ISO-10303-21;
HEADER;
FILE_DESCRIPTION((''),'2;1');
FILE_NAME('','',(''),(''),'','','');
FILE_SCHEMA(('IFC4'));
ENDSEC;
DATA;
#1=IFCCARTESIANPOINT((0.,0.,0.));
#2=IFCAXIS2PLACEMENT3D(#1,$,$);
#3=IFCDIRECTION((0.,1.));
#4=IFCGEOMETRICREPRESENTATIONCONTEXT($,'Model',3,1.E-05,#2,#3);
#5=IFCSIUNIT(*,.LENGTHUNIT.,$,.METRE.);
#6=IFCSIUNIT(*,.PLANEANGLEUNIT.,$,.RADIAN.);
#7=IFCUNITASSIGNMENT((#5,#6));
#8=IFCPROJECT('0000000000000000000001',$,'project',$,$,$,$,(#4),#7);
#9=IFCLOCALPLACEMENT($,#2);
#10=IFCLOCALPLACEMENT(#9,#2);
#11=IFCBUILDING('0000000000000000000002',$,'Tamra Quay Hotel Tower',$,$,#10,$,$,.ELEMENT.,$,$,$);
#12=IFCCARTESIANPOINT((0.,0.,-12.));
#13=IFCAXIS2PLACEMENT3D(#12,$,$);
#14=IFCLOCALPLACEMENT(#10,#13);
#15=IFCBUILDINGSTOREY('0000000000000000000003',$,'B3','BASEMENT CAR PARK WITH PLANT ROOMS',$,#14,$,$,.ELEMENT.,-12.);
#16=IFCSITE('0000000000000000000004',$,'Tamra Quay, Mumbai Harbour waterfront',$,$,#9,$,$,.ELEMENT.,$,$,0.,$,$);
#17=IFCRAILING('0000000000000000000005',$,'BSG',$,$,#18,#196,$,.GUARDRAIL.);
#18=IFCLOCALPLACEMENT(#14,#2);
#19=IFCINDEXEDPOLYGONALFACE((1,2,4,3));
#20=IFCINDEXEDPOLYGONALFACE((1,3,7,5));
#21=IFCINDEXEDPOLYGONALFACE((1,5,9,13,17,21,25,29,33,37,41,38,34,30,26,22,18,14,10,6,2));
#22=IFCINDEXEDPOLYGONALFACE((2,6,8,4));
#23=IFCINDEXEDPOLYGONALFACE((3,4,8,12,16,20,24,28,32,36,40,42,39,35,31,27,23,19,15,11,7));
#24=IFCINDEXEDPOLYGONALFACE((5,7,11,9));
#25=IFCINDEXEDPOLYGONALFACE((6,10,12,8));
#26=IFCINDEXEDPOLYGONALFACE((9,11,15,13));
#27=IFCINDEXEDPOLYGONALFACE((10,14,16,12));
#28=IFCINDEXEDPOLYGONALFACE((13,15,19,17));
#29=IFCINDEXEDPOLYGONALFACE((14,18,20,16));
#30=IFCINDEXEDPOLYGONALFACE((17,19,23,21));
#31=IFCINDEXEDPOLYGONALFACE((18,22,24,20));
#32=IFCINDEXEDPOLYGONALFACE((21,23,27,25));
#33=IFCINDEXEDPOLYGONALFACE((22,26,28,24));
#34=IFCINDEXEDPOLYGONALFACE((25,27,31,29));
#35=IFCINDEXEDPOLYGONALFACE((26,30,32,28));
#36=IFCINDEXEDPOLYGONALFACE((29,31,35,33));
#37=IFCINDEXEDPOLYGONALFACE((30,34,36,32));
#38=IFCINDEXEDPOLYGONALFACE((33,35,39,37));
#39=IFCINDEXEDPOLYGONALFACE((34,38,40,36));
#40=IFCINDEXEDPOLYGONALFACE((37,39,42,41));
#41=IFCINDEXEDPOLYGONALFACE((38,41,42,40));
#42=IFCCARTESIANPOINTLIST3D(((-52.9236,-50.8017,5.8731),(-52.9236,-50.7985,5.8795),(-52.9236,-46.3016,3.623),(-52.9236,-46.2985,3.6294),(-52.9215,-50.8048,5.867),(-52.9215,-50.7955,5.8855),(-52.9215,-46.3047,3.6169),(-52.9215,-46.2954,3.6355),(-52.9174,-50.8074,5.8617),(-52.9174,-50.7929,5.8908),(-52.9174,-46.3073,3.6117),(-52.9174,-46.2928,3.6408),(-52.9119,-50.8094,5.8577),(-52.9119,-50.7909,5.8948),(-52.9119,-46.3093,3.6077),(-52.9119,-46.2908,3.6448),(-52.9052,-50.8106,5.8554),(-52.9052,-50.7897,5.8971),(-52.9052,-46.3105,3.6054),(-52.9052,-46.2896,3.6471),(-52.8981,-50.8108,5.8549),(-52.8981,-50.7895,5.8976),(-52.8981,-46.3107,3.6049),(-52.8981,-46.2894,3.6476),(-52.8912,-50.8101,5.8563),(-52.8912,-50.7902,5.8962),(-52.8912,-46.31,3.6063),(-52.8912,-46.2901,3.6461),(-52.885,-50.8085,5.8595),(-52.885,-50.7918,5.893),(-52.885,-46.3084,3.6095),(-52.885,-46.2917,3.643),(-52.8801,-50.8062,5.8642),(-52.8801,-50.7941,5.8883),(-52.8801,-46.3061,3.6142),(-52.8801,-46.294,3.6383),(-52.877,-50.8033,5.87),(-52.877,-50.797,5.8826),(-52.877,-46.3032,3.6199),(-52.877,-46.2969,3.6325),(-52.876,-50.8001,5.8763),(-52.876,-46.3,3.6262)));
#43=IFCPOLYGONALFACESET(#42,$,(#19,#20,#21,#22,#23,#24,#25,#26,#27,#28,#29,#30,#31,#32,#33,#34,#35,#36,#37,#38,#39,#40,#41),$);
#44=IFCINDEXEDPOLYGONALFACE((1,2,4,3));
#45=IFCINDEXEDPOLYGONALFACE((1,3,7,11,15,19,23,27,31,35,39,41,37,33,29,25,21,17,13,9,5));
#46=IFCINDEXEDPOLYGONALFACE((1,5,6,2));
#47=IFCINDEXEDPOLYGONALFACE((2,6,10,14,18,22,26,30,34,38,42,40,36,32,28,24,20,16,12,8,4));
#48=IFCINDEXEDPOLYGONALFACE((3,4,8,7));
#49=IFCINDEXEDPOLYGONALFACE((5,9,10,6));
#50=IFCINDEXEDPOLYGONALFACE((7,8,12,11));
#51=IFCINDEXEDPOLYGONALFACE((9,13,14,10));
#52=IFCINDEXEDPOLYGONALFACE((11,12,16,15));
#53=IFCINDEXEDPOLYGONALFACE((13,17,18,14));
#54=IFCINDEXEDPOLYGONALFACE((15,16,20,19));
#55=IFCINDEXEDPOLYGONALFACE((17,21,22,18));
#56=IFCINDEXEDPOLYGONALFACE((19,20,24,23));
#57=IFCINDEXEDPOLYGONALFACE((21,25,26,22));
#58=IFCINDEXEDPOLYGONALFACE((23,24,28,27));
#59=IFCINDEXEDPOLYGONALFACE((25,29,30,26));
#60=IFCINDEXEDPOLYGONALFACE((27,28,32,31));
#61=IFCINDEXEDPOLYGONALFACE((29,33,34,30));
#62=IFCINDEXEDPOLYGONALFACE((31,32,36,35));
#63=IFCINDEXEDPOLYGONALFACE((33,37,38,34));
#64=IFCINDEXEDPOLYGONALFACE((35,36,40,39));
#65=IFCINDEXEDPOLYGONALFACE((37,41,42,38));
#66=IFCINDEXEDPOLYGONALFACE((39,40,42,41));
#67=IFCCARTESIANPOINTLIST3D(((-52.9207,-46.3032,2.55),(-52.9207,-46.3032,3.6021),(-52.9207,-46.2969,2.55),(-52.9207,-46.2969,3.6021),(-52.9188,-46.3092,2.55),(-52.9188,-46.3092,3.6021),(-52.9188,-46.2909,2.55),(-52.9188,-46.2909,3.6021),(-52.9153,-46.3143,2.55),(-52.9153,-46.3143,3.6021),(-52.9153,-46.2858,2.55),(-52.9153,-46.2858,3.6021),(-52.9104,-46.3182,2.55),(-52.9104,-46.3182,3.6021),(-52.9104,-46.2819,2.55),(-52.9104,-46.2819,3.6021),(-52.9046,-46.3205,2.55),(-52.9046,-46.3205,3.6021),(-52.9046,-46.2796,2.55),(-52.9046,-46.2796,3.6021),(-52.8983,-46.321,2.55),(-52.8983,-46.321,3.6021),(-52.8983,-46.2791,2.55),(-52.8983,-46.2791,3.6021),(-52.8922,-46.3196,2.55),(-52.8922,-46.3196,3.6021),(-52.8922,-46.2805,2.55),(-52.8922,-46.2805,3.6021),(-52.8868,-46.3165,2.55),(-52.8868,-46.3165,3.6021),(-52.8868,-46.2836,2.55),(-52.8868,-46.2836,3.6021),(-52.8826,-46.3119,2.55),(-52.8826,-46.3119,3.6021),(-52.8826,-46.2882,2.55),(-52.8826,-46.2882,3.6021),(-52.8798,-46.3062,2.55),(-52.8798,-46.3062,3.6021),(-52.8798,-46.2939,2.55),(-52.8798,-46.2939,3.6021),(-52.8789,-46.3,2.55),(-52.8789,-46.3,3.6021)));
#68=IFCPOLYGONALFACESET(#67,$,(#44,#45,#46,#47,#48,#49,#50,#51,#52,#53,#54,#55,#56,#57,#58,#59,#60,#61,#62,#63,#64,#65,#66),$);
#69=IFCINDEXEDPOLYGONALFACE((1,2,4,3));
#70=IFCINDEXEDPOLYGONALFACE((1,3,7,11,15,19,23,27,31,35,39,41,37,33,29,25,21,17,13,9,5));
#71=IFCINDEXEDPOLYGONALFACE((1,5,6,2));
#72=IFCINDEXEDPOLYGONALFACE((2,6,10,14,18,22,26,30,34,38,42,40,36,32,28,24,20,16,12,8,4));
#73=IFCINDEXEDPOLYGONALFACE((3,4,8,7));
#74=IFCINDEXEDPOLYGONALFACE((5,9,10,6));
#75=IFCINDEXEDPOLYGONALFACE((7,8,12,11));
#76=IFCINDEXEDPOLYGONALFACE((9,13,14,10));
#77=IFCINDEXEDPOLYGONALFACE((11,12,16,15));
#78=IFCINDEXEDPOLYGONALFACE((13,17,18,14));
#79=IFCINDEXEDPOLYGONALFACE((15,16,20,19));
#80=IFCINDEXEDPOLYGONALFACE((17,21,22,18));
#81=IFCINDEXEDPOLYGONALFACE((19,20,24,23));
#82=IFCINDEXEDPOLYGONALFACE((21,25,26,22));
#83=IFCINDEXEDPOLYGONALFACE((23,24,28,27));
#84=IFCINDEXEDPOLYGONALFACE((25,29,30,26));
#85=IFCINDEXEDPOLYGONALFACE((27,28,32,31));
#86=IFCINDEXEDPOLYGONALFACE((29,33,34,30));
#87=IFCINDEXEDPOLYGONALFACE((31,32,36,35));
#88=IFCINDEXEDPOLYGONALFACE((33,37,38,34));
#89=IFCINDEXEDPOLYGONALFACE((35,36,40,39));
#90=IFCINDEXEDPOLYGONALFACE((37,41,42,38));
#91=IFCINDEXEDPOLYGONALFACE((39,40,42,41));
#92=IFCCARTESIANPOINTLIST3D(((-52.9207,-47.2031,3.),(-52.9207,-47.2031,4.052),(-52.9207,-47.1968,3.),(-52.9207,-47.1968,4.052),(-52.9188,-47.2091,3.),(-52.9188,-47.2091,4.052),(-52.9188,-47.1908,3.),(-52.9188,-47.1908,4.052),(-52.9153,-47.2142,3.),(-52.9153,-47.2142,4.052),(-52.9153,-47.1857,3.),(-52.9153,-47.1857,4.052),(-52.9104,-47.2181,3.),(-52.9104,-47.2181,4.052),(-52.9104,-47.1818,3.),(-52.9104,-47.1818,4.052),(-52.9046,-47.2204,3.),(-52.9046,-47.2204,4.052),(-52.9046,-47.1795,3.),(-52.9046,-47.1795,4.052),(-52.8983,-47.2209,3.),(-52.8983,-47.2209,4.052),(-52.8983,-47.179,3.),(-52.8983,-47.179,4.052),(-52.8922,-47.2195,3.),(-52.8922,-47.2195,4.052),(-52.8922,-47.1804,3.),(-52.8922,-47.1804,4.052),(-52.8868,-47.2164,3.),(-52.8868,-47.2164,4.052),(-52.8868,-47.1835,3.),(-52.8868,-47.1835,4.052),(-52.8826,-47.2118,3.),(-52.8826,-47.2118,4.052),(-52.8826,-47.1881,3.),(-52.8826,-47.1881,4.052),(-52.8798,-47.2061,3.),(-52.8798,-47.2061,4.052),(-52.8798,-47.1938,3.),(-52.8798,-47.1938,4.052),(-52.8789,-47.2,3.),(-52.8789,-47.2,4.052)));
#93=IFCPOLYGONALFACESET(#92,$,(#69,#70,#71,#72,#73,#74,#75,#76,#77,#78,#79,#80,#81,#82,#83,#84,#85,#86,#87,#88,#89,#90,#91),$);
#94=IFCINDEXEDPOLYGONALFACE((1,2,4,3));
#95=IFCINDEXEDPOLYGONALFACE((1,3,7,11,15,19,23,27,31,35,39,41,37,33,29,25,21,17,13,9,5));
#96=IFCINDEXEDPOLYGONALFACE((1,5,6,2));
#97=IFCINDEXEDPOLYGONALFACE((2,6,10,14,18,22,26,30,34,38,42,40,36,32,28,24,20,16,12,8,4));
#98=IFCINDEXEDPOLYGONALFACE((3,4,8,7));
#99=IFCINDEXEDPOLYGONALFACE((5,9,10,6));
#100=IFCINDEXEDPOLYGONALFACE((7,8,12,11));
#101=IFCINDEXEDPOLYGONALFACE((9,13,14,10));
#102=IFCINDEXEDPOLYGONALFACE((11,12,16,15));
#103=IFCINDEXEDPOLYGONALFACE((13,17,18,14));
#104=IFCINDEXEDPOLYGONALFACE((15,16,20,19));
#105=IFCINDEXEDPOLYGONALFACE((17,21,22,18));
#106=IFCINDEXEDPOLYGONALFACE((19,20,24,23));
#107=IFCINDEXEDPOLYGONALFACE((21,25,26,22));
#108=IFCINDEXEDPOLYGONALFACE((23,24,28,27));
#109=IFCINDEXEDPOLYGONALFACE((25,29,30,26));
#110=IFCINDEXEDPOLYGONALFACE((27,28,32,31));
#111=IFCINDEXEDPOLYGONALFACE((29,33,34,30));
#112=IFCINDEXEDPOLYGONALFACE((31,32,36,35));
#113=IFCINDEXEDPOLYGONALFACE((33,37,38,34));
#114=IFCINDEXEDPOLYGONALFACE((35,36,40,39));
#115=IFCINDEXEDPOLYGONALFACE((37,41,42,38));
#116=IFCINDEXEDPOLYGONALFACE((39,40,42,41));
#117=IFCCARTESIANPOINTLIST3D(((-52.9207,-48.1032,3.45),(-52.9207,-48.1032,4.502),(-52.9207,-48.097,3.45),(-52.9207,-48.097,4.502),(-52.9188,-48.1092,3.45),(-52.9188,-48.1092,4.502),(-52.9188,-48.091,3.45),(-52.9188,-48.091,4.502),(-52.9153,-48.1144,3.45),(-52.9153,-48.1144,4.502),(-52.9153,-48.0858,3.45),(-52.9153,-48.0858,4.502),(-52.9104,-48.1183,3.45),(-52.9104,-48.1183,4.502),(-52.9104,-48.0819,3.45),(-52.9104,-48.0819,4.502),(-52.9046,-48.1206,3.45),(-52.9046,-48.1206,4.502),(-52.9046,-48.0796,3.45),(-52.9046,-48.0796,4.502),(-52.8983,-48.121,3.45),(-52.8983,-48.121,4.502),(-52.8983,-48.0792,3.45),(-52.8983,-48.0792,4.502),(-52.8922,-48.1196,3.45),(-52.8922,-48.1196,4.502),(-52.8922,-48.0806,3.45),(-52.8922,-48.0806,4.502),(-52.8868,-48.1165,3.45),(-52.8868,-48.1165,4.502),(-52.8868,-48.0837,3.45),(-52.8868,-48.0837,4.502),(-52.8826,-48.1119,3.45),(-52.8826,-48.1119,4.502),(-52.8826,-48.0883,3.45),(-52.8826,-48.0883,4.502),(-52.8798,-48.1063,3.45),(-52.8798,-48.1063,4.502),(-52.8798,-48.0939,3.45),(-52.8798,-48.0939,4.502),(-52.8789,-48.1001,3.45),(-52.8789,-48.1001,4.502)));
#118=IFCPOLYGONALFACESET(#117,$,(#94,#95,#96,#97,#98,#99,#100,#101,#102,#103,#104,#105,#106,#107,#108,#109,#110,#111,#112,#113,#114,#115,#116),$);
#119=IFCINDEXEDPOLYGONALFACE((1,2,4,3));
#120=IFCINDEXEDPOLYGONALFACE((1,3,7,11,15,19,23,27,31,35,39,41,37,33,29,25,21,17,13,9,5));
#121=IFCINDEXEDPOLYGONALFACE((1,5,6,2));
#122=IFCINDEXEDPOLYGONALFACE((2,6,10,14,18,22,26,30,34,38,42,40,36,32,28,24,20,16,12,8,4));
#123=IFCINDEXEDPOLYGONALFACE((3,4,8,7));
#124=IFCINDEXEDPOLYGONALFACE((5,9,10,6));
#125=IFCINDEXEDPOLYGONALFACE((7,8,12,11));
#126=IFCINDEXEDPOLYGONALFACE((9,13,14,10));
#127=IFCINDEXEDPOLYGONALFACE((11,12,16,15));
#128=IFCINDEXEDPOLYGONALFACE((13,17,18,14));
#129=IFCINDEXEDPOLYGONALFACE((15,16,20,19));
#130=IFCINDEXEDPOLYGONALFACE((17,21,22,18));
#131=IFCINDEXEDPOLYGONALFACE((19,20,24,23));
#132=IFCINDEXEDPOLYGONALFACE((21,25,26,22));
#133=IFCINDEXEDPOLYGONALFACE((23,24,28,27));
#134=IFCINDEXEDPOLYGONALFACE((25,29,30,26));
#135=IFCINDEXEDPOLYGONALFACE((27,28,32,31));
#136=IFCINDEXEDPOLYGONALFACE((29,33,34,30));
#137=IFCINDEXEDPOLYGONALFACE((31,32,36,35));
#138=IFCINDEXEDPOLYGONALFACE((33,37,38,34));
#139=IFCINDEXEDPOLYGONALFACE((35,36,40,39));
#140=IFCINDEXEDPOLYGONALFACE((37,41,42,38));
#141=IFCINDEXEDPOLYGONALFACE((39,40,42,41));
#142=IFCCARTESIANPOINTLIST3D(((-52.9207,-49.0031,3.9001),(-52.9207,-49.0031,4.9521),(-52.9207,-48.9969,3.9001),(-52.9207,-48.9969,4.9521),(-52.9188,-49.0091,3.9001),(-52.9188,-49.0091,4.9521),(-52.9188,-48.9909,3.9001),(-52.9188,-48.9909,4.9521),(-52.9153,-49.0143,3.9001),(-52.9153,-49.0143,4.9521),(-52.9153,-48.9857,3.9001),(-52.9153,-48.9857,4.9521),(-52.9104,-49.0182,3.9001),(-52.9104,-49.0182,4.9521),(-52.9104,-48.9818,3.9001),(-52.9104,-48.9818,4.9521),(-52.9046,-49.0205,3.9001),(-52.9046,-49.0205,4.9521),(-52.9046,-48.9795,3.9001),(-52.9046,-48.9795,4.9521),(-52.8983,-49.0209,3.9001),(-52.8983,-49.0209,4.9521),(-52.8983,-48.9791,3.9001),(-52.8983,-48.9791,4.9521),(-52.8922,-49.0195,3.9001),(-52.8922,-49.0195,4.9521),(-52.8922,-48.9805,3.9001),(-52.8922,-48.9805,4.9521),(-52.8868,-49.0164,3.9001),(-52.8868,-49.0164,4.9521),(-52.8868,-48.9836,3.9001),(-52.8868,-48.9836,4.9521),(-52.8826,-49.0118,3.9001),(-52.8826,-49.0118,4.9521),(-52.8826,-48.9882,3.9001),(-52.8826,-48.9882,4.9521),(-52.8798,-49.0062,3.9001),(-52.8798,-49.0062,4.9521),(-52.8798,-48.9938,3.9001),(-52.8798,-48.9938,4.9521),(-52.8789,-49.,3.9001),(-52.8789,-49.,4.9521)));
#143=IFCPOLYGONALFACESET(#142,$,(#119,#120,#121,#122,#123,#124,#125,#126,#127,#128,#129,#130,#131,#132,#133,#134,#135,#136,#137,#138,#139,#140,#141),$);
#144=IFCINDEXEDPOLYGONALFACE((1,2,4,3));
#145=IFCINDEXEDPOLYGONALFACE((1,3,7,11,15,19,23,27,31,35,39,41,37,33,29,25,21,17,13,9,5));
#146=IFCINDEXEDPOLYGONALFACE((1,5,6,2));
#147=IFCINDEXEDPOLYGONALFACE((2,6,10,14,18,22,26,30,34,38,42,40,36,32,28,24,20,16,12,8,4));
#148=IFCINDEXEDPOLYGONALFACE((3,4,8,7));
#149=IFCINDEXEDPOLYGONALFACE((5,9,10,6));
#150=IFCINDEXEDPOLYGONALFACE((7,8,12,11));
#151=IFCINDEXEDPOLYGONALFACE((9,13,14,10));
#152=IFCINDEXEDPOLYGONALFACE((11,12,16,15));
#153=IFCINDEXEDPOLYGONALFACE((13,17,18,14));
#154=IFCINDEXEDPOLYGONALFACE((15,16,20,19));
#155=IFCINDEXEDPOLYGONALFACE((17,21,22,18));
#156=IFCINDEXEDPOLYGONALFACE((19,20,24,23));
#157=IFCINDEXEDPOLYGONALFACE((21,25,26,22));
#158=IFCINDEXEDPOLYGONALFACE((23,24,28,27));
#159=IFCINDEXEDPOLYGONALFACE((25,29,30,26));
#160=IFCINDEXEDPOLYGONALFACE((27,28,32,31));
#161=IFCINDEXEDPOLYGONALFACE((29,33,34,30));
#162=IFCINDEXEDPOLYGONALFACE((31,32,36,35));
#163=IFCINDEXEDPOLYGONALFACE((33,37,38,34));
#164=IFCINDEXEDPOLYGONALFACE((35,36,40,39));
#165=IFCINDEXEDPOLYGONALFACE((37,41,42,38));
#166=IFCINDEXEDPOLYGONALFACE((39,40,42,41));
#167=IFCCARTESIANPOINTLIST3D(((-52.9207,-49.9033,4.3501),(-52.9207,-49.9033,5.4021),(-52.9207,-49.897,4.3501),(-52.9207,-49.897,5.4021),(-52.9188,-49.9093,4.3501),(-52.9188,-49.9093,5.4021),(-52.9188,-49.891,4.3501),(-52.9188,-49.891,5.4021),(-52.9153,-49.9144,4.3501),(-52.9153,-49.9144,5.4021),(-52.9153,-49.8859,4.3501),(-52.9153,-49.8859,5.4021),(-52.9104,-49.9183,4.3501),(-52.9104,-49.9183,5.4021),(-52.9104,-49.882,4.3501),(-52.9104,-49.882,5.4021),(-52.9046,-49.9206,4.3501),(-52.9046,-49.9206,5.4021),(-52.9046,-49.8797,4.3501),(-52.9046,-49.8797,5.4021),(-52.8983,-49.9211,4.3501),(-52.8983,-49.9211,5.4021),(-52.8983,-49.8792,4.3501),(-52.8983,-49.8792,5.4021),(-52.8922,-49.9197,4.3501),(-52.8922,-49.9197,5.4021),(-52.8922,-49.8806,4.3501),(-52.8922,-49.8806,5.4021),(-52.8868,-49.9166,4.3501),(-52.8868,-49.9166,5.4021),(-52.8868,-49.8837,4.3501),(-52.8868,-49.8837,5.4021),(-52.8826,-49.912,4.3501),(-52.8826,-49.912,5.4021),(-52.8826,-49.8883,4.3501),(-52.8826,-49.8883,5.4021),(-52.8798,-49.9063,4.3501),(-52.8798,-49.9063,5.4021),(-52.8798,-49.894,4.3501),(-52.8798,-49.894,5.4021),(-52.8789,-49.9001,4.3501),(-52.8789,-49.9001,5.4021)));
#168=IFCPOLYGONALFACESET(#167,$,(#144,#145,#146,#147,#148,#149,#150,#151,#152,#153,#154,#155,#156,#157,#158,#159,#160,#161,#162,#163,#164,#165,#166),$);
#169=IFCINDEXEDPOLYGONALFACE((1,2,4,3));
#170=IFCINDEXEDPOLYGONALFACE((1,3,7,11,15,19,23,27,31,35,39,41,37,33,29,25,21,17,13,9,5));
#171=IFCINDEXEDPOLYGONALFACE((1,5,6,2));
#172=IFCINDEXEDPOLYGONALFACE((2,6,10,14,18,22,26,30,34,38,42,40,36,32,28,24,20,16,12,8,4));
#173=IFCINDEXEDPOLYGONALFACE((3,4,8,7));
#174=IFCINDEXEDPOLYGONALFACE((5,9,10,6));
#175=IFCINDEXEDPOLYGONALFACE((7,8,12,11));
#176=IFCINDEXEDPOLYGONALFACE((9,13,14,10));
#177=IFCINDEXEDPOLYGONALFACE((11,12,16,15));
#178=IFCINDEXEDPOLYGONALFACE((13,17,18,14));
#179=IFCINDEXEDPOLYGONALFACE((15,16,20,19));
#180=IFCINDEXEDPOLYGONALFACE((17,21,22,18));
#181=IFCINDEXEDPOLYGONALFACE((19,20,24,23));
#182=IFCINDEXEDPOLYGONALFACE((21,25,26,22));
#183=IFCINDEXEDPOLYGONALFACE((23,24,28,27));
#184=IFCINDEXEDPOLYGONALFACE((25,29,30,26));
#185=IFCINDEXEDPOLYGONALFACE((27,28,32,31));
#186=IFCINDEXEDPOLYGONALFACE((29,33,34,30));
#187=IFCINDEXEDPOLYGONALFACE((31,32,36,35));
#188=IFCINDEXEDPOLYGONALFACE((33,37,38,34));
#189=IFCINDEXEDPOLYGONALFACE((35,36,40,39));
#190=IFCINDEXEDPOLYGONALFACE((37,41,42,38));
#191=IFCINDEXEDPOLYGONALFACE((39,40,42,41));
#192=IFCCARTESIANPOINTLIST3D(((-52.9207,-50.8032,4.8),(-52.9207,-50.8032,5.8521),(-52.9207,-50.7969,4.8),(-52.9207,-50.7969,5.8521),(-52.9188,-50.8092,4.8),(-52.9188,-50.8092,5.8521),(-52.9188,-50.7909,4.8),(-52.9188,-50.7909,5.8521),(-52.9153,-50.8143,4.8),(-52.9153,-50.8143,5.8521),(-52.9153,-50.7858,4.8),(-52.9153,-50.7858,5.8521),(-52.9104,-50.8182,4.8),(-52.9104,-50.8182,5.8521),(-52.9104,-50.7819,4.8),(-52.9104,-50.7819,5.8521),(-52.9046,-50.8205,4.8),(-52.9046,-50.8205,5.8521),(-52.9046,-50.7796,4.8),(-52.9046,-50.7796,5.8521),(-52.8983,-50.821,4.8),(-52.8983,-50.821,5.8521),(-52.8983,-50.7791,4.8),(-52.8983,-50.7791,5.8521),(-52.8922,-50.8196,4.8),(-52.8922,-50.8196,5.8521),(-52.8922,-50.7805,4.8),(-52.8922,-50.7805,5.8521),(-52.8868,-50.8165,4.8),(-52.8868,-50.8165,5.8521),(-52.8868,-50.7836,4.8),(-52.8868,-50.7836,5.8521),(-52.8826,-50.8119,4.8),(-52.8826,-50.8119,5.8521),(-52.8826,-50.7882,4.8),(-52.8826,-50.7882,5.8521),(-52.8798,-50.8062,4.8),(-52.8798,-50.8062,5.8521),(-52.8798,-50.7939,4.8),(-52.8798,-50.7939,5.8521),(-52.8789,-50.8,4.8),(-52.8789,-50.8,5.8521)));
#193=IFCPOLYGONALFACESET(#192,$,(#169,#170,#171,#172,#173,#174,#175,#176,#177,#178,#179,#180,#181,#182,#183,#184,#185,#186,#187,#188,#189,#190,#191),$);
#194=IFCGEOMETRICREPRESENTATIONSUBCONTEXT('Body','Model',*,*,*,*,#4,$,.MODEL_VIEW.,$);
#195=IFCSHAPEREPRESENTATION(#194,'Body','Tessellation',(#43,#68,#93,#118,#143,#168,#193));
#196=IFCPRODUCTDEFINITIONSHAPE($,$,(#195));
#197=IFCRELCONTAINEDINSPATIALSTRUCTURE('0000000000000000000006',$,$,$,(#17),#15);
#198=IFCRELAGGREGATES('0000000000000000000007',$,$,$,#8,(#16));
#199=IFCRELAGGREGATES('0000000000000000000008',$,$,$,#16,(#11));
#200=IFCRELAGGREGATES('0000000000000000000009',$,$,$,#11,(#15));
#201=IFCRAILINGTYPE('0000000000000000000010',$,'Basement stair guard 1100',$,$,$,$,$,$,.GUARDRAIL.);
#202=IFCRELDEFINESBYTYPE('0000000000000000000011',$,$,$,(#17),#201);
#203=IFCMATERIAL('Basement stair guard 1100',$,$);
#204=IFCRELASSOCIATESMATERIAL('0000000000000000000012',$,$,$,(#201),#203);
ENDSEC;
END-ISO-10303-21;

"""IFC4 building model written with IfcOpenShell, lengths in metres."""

from ifc_helpers import new_model, si_unit, direction, frame, origin, origin_2d, place, context, subcontext, project, spatial, circle, extrude, material, type_object, element, save


model = new_model("IFC4")

# Units and contexts
model_context = context("Model", 3, precision=1e-05, world=origin(), true_north=direction((0.0, 1.0)))
body_context = subcontext(model_context, "Body", "Model", "MODEL_VIEW")
ifc_project = project(units=[si_unit("LENGTHUNIT", "METRE"), si_unit("PLANEANGLEUNIT", "RADIAN")], contexts=[model_context])

# Site, building, storey
site_placement = place(None, origin())
site = spatial("IfcSite", under=ifc_project, at=site_placement, Name="Tamra Quay, Mumbai Harbour waterfront", CompositionType="ELEMENT", RefElevation=0.0)
building_placement = place(site_placement, origin())
building = spatial("IfcBuilding", under=site, at=building_placement, Name="Tamra Quay Hotel Tower", CompositionType="ELEMENT")
storey_placement = place(building_placement, frame((0.0, 0.0, -12.0)))
storey = spatial("IfcBuildingStorey", under=building, at=storey_placement, Name="B3", Description="BASEMENT CAR PARK WITH PLANT ROOMS", CompositionType="ELEMENT", Elevation=-12.0)

# Railing
ifc_material_1 = material(Name="Basement stair guard 1100")
railing_type_1 = type_object("IfcRailingType", Name="Basement stair guard 1100", PredefinedType="GUARDRAIL", material=ifc_material_1)
railing_1_placement = place(storey_placement, frame((-52.8999, -46.3, 2.55)))
element("IfcRailing", 1, at=railing_1_placement, inside=storey, type_object=railing_type_1, Name="BSG", PredefinedType="GUARDRAIL", context=body_context, shape_type="SweptSolid", body=[
    extrude(circle(Radius=0.0239, at=origin_2d()), frame((0.0, 0.0, 1.0762), z_axis=(0.0, -0.894427, 0.447214), x_axis=(1.0, 0.0, 0.0)), (0.0, 0.0, 1.0), 5.0312),
    extrude(circle(Radius=0.021, at=origin_2d()), origin(), (0.0, 0.0, 1.0), 1.052),
    extrude(circle(Radius=0.021, at=origin_2d()), frame((0.0, -0.8999, 0.45)), (0.0, 0.0, 1.0), 1.052),
    extrude(circle(Radius=0.021, at=origin_2d()), frame((0.0, -1.8, 0.8999)), (0.0, 0.0, 1.0), 1.052),
    extrude(circle(Radius=0.021, at=origin_2d()), frame((0.0, -2.7, 1.3501)), (0.0, 0.0, 1.0), 1.052),
    extrude(circle(Radius=0.021, at=origin_2d()), frame((0.0, -3.6001, 1.8)), (0.0, 0.0, 1.0), 1.052),
    extrude(circle(Radius=0.021, at=origin_2d()), frame((0.0, -4.5, 2.25)), (0.0, 0.0, 1.0), 1.052),
])

save(model, "model.ifc")
